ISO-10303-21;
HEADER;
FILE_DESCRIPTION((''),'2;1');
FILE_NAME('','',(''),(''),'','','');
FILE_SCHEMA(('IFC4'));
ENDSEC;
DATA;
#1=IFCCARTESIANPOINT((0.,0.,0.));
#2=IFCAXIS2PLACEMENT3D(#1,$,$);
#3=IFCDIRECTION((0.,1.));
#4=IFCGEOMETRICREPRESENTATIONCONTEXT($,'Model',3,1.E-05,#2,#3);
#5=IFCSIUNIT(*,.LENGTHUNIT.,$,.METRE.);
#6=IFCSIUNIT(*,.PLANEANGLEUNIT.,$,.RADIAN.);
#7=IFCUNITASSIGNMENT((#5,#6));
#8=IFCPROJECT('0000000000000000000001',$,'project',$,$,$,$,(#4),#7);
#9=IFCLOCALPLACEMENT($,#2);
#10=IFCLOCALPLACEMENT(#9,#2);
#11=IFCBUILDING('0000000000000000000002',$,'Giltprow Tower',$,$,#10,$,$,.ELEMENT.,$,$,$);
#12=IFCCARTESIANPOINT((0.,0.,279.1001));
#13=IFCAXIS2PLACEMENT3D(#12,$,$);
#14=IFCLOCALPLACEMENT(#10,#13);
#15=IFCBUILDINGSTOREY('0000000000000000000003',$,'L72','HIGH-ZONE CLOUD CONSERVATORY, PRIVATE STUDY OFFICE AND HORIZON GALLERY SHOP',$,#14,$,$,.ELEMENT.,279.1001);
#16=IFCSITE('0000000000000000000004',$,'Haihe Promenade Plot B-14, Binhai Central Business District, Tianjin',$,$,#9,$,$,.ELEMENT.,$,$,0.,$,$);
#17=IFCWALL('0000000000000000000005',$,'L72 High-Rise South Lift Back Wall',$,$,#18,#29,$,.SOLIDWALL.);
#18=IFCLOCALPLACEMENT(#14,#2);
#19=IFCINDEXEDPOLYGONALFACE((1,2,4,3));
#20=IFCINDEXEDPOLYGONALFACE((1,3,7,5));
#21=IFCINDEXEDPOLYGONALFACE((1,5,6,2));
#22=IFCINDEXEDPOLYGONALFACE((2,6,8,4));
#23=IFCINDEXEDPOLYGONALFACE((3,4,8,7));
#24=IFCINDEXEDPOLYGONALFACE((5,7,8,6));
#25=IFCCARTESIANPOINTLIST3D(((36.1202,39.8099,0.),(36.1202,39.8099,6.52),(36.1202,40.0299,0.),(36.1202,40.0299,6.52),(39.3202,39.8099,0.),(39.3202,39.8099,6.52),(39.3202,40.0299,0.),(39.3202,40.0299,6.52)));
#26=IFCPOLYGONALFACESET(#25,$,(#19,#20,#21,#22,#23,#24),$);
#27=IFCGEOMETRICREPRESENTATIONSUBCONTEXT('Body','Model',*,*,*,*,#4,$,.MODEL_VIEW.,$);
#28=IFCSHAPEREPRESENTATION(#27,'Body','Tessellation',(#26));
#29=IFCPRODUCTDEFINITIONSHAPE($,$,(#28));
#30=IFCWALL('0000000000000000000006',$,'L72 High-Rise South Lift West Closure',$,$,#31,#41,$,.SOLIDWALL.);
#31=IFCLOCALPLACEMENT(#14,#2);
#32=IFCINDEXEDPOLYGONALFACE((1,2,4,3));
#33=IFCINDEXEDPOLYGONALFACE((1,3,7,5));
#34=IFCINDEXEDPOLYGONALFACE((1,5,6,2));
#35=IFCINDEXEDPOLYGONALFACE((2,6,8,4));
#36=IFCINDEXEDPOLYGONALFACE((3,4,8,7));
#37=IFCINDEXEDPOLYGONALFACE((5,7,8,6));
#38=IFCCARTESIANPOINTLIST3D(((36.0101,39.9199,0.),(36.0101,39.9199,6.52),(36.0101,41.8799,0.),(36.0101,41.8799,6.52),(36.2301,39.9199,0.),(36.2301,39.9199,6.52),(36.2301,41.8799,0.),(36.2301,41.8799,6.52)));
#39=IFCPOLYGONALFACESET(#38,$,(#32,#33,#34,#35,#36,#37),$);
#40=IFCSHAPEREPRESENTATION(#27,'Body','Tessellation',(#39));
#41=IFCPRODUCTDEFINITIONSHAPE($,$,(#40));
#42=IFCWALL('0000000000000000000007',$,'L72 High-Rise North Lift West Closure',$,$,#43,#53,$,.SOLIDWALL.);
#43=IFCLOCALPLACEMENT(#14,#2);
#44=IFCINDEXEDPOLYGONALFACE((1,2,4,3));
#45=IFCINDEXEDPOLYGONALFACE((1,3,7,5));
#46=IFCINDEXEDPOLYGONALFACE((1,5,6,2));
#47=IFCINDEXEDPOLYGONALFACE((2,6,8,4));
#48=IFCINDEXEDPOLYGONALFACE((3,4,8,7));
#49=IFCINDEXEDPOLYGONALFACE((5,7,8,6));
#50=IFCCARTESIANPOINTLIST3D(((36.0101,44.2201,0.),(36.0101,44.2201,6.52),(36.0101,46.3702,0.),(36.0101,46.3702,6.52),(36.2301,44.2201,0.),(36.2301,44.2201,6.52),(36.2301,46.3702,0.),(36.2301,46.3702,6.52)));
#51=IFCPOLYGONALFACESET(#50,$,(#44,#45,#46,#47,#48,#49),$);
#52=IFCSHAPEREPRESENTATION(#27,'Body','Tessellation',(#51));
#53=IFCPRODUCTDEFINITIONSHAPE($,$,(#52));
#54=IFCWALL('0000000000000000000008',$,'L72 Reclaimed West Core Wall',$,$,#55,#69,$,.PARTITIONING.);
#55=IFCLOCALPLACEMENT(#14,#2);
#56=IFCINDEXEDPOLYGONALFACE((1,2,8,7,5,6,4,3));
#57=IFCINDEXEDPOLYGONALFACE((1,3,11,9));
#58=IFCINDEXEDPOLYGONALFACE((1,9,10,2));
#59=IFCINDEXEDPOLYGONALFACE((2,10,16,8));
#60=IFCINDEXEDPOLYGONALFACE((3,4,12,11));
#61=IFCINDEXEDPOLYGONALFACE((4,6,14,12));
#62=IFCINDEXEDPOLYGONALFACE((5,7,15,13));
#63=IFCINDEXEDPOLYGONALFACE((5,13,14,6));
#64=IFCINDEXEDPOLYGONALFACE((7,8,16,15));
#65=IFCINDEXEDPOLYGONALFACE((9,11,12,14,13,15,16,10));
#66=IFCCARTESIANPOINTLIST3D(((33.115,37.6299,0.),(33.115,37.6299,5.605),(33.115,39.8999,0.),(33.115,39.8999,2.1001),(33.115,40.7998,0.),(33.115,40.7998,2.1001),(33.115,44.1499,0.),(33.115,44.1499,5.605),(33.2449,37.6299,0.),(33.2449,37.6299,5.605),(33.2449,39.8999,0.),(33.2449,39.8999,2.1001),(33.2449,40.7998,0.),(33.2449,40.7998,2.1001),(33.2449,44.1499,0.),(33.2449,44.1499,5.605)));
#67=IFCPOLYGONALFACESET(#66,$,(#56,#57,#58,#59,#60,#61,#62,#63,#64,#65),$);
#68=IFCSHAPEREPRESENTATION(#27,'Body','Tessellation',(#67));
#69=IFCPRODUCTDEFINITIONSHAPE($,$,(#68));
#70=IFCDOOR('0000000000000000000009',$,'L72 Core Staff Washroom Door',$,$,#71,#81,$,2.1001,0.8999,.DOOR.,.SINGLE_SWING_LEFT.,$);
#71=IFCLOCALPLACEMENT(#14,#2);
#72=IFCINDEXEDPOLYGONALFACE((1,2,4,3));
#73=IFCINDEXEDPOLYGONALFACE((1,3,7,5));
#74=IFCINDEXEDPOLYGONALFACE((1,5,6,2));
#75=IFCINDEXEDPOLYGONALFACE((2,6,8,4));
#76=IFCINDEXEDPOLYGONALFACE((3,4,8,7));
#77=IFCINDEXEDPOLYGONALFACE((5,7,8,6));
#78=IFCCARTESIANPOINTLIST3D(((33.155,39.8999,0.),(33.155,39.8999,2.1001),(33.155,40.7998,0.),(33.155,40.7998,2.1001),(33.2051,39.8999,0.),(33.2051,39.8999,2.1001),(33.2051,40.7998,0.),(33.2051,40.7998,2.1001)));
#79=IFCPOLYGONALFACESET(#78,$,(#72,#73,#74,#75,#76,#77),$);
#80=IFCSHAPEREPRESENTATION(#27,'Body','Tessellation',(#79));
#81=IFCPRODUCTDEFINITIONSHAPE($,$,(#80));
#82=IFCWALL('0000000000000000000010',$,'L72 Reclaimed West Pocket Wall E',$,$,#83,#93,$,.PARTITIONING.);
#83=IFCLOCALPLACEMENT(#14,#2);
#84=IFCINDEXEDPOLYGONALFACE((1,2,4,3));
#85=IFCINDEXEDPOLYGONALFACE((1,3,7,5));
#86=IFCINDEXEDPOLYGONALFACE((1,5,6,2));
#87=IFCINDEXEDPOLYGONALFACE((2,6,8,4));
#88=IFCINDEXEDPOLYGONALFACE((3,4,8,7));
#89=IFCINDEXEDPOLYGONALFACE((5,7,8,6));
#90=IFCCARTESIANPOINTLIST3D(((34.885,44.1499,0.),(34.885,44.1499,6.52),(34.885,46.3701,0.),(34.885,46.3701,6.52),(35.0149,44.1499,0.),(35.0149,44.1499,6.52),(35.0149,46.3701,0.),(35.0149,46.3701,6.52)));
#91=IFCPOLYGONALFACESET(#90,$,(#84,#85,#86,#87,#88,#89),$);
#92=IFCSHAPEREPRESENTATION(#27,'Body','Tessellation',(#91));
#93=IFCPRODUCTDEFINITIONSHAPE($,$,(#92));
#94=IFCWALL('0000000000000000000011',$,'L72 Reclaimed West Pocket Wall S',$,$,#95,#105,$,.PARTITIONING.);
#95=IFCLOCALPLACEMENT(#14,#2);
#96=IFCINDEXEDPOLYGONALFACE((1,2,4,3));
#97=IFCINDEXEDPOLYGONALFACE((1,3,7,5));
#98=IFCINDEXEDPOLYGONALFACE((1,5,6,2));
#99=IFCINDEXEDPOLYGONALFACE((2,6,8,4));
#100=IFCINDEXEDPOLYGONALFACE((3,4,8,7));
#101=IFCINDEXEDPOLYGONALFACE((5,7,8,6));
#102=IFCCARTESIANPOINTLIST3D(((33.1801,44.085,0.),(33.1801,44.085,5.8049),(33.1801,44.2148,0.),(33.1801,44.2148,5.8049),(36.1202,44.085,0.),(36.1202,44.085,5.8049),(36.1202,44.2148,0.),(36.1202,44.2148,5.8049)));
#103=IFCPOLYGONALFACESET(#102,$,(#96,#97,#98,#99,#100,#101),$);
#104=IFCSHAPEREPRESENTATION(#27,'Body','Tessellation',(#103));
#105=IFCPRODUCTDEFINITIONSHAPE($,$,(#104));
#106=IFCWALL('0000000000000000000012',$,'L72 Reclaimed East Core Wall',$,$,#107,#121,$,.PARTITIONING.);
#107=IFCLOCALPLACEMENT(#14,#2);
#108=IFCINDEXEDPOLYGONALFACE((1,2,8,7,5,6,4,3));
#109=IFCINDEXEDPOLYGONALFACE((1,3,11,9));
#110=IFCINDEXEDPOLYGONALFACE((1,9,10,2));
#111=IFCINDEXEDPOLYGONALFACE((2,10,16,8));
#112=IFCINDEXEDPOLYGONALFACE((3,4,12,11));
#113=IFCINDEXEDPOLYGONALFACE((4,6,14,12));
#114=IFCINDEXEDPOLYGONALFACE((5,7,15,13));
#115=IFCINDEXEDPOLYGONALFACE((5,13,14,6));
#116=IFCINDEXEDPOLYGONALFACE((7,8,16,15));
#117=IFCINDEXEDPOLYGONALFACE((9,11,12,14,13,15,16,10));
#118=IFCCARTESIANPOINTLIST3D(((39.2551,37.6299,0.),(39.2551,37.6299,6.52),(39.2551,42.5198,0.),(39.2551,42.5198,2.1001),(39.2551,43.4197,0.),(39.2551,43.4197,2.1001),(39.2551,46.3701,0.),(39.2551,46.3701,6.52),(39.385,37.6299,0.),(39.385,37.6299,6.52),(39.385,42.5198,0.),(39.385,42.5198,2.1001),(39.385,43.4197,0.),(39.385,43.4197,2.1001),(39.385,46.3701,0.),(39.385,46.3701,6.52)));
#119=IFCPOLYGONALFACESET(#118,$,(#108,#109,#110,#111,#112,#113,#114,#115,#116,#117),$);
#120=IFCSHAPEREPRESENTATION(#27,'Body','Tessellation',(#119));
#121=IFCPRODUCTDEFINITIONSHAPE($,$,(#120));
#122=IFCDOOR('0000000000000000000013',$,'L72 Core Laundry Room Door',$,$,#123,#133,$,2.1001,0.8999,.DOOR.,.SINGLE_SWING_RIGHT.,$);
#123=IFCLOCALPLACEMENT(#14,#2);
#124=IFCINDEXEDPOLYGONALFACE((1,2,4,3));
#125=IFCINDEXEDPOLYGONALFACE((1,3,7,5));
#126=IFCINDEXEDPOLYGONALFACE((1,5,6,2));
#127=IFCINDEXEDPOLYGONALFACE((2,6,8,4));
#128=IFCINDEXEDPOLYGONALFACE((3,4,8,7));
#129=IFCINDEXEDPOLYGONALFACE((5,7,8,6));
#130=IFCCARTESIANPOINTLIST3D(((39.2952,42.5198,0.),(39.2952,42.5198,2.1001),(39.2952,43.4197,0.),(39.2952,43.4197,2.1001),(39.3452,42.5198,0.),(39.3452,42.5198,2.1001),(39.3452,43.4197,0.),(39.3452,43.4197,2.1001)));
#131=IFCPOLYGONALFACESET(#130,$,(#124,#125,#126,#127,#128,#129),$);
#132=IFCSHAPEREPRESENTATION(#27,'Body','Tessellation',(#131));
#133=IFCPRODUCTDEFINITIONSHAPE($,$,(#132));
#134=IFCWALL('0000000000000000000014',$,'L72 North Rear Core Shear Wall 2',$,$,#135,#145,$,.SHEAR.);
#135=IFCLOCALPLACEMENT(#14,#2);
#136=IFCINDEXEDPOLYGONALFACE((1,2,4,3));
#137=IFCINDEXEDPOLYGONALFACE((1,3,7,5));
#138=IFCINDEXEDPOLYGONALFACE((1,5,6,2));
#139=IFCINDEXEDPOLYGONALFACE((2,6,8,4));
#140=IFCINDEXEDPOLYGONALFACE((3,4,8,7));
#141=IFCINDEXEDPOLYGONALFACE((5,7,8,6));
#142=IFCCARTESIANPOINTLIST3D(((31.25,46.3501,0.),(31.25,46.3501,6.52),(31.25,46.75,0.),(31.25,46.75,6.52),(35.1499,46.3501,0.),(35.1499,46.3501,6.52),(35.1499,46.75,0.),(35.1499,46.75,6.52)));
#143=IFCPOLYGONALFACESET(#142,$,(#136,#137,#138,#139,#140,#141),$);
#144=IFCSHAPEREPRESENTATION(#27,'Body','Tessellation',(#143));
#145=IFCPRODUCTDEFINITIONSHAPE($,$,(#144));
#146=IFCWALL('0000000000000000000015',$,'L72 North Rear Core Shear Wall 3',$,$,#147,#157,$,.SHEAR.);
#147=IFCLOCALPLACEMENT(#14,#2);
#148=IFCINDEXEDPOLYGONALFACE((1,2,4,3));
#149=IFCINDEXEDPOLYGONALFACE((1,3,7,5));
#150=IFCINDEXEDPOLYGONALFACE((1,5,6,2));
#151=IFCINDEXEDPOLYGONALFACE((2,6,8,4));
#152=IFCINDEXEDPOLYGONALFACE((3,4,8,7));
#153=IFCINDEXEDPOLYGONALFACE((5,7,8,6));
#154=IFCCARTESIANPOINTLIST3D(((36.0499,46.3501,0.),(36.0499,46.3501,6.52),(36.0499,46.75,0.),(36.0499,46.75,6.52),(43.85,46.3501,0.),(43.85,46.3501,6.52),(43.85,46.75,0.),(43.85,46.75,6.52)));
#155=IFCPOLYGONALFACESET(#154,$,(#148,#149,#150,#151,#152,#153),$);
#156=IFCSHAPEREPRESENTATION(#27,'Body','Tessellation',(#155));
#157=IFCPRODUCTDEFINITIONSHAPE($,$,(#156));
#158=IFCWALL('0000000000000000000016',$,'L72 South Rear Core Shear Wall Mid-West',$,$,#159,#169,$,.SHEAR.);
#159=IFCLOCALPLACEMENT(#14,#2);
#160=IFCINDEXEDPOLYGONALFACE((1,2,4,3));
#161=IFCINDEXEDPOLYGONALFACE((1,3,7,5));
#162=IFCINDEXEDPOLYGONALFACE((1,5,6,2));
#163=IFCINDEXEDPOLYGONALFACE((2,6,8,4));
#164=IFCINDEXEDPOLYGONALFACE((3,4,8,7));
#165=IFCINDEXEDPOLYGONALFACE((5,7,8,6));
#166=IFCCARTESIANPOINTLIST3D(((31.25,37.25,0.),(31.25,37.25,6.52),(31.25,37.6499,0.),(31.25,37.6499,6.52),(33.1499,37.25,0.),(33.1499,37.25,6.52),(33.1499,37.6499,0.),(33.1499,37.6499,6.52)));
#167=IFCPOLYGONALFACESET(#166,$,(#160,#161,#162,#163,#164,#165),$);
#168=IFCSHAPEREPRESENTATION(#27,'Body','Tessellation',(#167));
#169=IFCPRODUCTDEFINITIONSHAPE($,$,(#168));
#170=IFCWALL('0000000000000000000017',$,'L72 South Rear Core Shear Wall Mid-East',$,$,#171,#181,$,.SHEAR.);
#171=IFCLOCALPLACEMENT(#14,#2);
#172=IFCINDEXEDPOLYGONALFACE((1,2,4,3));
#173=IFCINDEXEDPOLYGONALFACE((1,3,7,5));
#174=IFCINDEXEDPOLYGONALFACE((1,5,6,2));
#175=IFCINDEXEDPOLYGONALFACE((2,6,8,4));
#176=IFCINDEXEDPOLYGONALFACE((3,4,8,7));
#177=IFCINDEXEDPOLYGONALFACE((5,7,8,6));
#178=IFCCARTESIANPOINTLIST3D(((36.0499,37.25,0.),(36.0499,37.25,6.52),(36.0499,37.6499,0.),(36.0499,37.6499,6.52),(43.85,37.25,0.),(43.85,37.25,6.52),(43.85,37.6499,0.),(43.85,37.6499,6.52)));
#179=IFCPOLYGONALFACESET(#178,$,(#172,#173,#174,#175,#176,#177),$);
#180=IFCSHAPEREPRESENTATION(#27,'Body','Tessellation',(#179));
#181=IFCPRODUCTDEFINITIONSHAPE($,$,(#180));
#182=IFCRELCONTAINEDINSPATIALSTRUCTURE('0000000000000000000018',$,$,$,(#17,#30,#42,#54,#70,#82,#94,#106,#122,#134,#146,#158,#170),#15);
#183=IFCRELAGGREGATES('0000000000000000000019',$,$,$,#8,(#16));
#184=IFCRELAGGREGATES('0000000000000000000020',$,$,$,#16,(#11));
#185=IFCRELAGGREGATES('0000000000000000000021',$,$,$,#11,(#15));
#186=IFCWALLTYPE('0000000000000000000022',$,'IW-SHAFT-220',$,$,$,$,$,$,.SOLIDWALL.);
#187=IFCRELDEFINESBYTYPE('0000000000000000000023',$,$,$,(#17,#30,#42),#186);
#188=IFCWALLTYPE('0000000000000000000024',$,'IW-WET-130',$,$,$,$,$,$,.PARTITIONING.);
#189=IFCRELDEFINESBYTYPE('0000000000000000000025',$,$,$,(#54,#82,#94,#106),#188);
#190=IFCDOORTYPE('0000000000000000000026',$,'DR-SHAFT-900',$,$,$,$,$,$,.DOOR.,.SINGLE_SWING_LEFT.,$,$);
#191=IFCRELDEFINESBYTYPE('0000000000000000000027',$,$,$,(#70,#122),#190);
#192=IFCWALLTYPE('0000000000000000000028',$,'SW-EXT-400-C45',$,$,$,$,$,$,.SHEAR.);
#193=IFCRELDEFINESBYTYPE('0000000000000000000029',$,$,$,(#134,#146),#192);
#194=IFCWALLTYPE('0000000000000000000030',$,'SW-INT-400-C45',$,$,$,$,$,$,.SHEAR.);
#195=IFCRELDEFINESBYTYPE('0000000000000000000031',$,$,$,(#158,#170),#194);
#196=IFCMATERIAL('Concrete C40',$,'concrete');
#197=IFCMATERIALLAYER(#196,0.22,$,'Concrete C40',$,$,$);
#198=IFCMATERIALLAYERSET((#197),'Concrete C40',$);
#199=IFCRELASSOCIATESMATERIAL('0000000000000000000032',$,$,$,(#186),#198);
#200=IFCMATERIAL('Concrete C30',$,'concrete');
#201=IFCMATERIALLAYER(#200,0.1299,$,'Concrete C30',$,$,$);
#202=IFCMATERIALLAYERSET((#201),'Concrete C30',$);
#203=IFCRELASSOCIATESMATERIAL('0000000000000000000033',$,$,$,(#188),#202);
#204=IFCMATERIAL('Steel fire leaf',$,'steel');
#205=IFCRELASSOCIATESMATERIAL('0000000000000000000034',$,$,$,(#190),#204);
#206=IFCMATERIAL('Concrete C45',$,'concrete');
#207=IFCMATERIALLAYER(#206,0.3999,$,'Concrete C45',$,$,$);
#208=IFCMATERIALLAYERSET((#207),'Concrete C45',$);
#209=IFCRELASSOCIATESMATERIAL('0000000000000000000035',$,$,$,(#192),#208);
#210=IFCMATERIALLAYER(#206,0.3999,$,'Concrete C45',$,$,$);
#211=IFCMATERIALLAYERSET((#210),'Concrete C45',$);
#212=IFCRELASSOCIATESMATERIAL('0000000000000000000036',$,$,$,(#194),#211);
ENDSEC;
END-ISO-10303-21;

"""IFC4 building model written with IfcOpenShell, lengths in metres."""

from ifc_helpers import new_model, si_unit, direction, frame, frame_2d, origin, place, context, subcontext, project, spatial, rectangle, extrude, source, transform, mapped, material, layer, layer_set, type_object, element, fill, save


model = new_model("IFC4")

# Units and contexts
model_context = context("Model", 3, precision=1e-05, world=origin(), true_north=direction((0.0, 1.0)))
body_context = subcontext(model_context, "Body", "Model", "MODEL_VIEW")
ifc_project = project(units=[si_unit("LENGTHUNIT", "METRE"), si_unit("PLANEANGLEUNIT", "RADIAN")], contexts=[model_context])

# Site, building, storey
site_placement = place(None, origin())
site = spatial("IfcSite", under=ifc_project, at=site_placement, Name="Haihe Promenade Plot B-14, Binhai Central Business District, Tianjin", CompositionType="ELEMENT", RefElevation=0.0)
building_placement = place(site_placement, origin())
building = spatial("IfcBuilding", under=site, at=building_placement, Name="Giltprow Tower", CompositionType="ELEMENT")
storey_placement = place(building_placement, frame((0.0, 0.0, 279.1001)))
storey = spatial("IfcBuildingStorey", under=building, at=storey_placement, Name="L72", Description="HIGH-ZONE CLOUD CONSERVATORY, PRIVATE STUDY OFFICE AND HORIZON GALLERY SHOP", CompositionType="ELEMENT", Elevation=279.1001)

# Shared definitions
ifc_material_1 = material(Name="Concrete C45", Category="concrete")

# Shared definitions
ifc_material_2 = material(Name="Concrete C40", Category="concrete")
ifc_layer_1 = layer(ifc_material_2, 0.22, Name="Concrete C40")
ifc_layer_set_1 = layer_set([ifc_layer_1], Name="Concrete C40")
wall_type_1 = type_object("IfcWallType", Name="IW-SHAFT-220", PredefinedType="SOLIDWALL", material=ifc_layer_set_1)

# Walls
wall_1_placement = place(storey_placement, frame((36.1201, 39.9199, 0.0), z_axis=(0.0, 0.0, 1.0), x_axis=(1.0, 0.0, 0.0)))
element("IfcWall", 1, at=wall_1_placement, inside=storey, type_object=wall_type_1, Name="L72 High-Rise South Lift Back Wall", PredefinedType="SOLIDWALL", context=body_context, shape_type="SweptSolid", body=[
    extrude(rectangle(XDim=3.2, YDim=0.22, at=frame_2d((1.6001, 0.0))), origin(), (0.0, 0.0, 1.0), 6.52),
])
wall_2_placement = place(storey_placement, frame((36.1201, 39.9199, 0.0), z_axis=(0.0, 0.0, 1.0), x_axis=(0.0, 1.0, 0.0)))
element("IfcWall", 2, at=wall_2_placement, inside=storey, type_object=wall_type_1, Name="L72 High-Rise South Lift West Closure", PredefinedType="SOLIDWALL", context=body_context, shape_type="SweptSolid", body=[
    extrude(rectangle(XDim=1.96, YDim=0.22, at=frame_2d((0.98, 0.0))), origin(), (0.0, 0.0, 1.0), 6.52),
])
wall_3_placement = place(storey_placement, frame((36.1201, 44.22, 0.0), z_axis=(0.0, 0.0, 1.0), x_axis=(0.0, 1.0, 0.0)))
element("IfcWall", 3, at=wall_3_placement, inside=storey, type_object=wall_type_1, Name="L72 High-Rise North Lift West Closure", PredefinedType="SOLIDWALL", context=body_context, shape_type="SweptSolid", body=[
    extrude(rectangle(XDim=2.1501, YDim=0.22, at=frame_2d((1.0752, 0.0))), origin(), (0.0, 0.0, 1.0), 6.52),
])

# Wall, opening, door
ifc_material_3 = material(Name="Concrete C30", Category="concrete")
ifc_layer_2 = layer(ifc_material_3, 0.1299, Name="Concrete C30")
ifc_layer_set_2 = layer_set([ifc_layer_2], Name="Concrete C30")
wall_type_2 = type_object("IfcWallType", Name="IW-WET-130", PredefinedType="PARTITIONING", material=ifc_layer_set_2)
wall_4_placement = place(storey_placement, frame((33.1799, 37.6299, 0.0), z_axis=(0.0, 0.0, 1.0), x_axis=(0.0, 1.0, 0.0)))
wall_4 = element("IfcWall", 4, at=wall_4_placement, inside=storey, type_object=wall_type_2, Name="L72 Reclaimed West Core Wall", PredefinedType="PARTITIONING", context=body_context, shape_type="SweptSolid", body=[
    extrude(rectangle(XDim=6.52, YDim=0.1299, at=frame_2d((3.26, 0.0))), origin(), (0.0, 0.0, 1.0), 5.605),
])
opening_1_placement = place(wall_4_placement, frame((2.27, 0.0, 0.0)))
opening_1 = element("IfcOpeningElement", 5, at=opening_1_placement, cuts=wall_4, PredefinedType="OPENING", context=body_context, shape_type="SweptSolid", body=[
    extrude(rectangle(XDim=0.8999, YDim=2.1001, at=frame_2d((0.45, 1.05))), frame((0.0, 0.075, 0.0), z_axis=(0.0, -1.0, 0.0), x_axis=(1.0, 0.0, 0.0)), (0.0, 0.0, 1.0), 0.1499),
])
ifc_material_4 = material(Name="Steel fire leaf", Category="steel")
door_type_1 = type_object("IfcDoorType", Name="DR-SHAFT-900", OperationType="SINGLE_SWING_LEFT", PredefinedType="DOOR", material=ifc_material_4)
shared_shape_1 = source(origin(), body_context, "Body", "SweptSolid", [
    extrude(rectangle(XDim=0.8999, YDim=2.1001, at=frame_2d((0.45, 1.05))), frame((0.0, 0.0249, 0.0), z_axis=(0.0, -1.0, 0.0), x_axis=(1.0, 0.0, 0.0)), (0.0, 0.0, 1.0), 0.05),
])
door_1_placement = place(opening_1_placement, origin())
door_1 = element("IfcDoor", 6, at=door_1_placement, inside=storey, type_object=door_type_1, Name="L72 Core Staff Washroom Door", OperationType="SINGLE_SWING_LEFT", OverallHeight=2.1001, OverallWidth=0.8999, PredefinedType="DOOR", context=body_context, shape_type="MappedRepresentation", body=[
    mapped(shared_shape_1, transform((0.0, 0.0, 0.0), x_axis=(1.0, 0.0, 0.0), y_axis=(0.0, 1.0, 0.0), z_axis=(0.0, 0.0, 1.0), scale=1.0)),
])
fill(opening_1, door_1)

# Walls
wall_5_placement = place(storey_placement, frame((34.95, 44.1499, 0.0), z_axis=(0.0, 0.0, 1.0), x_axis=(0.0, 1.0, 0.0)))
element("IfcWall", 7, at=wall_5_placement, inside=storey, type_object=wall_type_2, Name="L72 Reclaimed West Pocket Wall E", PredefinedType="PARTITIONING", context=body_context, shape_type="SweptSolid", body=[
    extrude(rectangle(XDim=2.2202, YDim=0.1299, at=frame_2d((1.1101, 0.0))), origin(), (0.0, 0.0, 1.0), 6.52),
])
wall_6_placement = place(storey_placement, frame((33.1799, 44.1499, 0.0), z_axis=(0.0, 0.0, 1.0), x_axis=(1.0, 0.0, 0.0)))
element("IfcWall", 8, at=wall_6_placement, inside=storey, type_object=wall_type_2, Name="L72 Reclaimed West Pocket Wall S", PredefinedType="PARTITIONING", context=body_context, shape_type="SweptSolid", body=[
    extrude(rectangle(XDim=2.9402, YDim=0.1299, at=frame_2d((1.4702, 0.0))), origin(), (0.0, 0.0, 1.0), 5.8049),
])

# Wall, opening, door
wall_7_placement = place(storey_placement, frame((39.3201, 37.6299, 0.0), z_axis=(0.0, 0.0, 1.0), x_axis=(0.0, 1.0, 0.0)))
wall_7 = element("IfcWall", 9, at=wall_7_placement, inside=storey, type_object=wall_type_2, Name="L72 Reclaimed East Core Wall", PredefinedType="PARTITIONING", context=body_context, shape_type="SweptSolid", body=[
    extrude(rectangle(XDim=8.7402, YDim=0.1299, at=frame_2d((4.3701, 0.0))), origin(), (0.0, 0.0, 1.0), 6.52),
])
opening_2_placement = place(wall_7_placement, frame((4.8899, 0.0, 0.0)))
opening_2 = element("IfcOpeningElement", 10, at=opening_2_placement, cuts=wall_7, PredefinedType="OPENING", context=body_context, shape_type="SweptSolid", body=[
    extrude(rectangle(XDim=0.8999, YDim=2.1001, at=frame_2d((0.45, 1.05))), frame((0.0, 0.075, 0.0), z_axis=(0.0, -1.0, 0.0), x_axis=(1.0, 0.0, 0.0)), (0.0, 0.0, 1.0), 0.1499),
])
door_2_placement = place(opening_2_placement, origin())
door_2 = element("IfcDoor", 11, at=door_2_placement, inside=storey, type_object=door_type_1, Name="L72 Core Laundry Room Door", OperationType="SINGLE_SWING_RIGHT", OverallHeight=2.1001, OverallWidth=0.8999, PredefinedType="DOOR", context=body_context, shape_type="MappedRepresentation", body=[
    mapped(shared_shape_1, transform((0.0, 0.0, 0.0), x_axis=(1.0, 0.0, 0.0), y_axis=(0.0, 1.0, 0.0), z_axis=(0.0, 0.0, 1.0), scale=1.0)),
])
fill(opening_2, door_2)

# Walls
ifc_layer_3 = layer(ifc_material_1, 0.3999, Name="Concrete C45")
ifc_layer_set_3 = layer_set([ifc_layer_3], Name="Concrete C45")
wall_type_3 = type_object("IfcWallType", Name="SW-EXT-400-C45", PredefinedType="SHEAR", material=ifc_layer_set_3)
wall_8_placement = place(storey_placement, frame((31.25, 46.55, 0.0), z_axis=(0.0, 0.0, 1.0), x_axis=(1.0, 0.0, 0.0)))
element("IfcWall", 12, at=wall_8_placement, inside=storey, type_object=wall_type_3, Name="L72 North Rear Core Shear Wall 2", PredefinedType="SHEAR", context=body_context, shape_type="SweptSolid", body=[
    extrude(rectangle(XDim=3.8999, YDim=0.3999, at=frame_2d((1.95, 0.0))), origin(), (0.0, 0.0, 1.0), 6.52),
])
wall_9_placement = place(storey_placement, frame((36.05, 46.55, 0.0), z_axis=(0.0, 0.0, 1.0), x_axis=(1.0, 0.0, 0.0)))
element("IfcWall", 13, at=wall_9_placement, inside=storey, type_object=wall_type_3, Name="L72 North Rear Core Shear Wall 3", PredefinedType="SHEAR", context=body_context, shape_type="SweptSolid", body=[
    extrude(rectangle(XDim=7.8, YDim=0.3999, at=frame_2d((3.8999, 0.0))), origin(), (0.0, 0.0, 1.0), 6.52),
])
ifc_layer_4 = layer(ifc_material_1, 0.3999, Name="Concrete C45")
ifc_layer_set_4 = layer_set([ifc_layer_4], Name="Concrete C45")
wall_type_4 = type_object("IfcWallType", Name="SW-INT-400-C45", PredefinedType="SHEAR", material=ifc_layer_set_4)
wall_10_placement = place(storey_placement, frame((31.25, 37.45, 0.0), z_axis=(0.0, 0.0, 1.0), x_axis=(1.0, 0.0, 0.0)))
element("IfcWall", 14, at=wall_10_placement, inside=storey, type_object=wall_type_4, Name="L72 South Rear Core Shear Wall Mid-West", PredefinedType="SHEAR", context=body_context, shape_type="SweptSolid", body=[
    extrude(rectangle(XDim=1.8999, YDim=0.3999, at=frame_2d((0.95, 0.0))), origin(), (0.0, 0.0, 1.0), 6.52),
])
wall_11_placement = place(storey_placement, frame((36.05, 37.45, 0.0), z_axis=(0.0, 0.0, 1.0), x_axis=(1.0, 0.0, 0.0)))
element("IfcWall", 15, at=wall_11_placement, inside=storey, type_object=wall_type_4, Name="L72 South Rear Core Shear Wall Mid-East", PredefinedType="SHEAR", context=body_context, shape_type="SweptSolid", body=[
    extrude(rectangle(XDim=7.8, YDim=0.3999, at=frame_2d((3.8999, 0.0))), origin(), (0.0, 0.0, 1.0), 6.52),
])

save(model, "model.ifc")
